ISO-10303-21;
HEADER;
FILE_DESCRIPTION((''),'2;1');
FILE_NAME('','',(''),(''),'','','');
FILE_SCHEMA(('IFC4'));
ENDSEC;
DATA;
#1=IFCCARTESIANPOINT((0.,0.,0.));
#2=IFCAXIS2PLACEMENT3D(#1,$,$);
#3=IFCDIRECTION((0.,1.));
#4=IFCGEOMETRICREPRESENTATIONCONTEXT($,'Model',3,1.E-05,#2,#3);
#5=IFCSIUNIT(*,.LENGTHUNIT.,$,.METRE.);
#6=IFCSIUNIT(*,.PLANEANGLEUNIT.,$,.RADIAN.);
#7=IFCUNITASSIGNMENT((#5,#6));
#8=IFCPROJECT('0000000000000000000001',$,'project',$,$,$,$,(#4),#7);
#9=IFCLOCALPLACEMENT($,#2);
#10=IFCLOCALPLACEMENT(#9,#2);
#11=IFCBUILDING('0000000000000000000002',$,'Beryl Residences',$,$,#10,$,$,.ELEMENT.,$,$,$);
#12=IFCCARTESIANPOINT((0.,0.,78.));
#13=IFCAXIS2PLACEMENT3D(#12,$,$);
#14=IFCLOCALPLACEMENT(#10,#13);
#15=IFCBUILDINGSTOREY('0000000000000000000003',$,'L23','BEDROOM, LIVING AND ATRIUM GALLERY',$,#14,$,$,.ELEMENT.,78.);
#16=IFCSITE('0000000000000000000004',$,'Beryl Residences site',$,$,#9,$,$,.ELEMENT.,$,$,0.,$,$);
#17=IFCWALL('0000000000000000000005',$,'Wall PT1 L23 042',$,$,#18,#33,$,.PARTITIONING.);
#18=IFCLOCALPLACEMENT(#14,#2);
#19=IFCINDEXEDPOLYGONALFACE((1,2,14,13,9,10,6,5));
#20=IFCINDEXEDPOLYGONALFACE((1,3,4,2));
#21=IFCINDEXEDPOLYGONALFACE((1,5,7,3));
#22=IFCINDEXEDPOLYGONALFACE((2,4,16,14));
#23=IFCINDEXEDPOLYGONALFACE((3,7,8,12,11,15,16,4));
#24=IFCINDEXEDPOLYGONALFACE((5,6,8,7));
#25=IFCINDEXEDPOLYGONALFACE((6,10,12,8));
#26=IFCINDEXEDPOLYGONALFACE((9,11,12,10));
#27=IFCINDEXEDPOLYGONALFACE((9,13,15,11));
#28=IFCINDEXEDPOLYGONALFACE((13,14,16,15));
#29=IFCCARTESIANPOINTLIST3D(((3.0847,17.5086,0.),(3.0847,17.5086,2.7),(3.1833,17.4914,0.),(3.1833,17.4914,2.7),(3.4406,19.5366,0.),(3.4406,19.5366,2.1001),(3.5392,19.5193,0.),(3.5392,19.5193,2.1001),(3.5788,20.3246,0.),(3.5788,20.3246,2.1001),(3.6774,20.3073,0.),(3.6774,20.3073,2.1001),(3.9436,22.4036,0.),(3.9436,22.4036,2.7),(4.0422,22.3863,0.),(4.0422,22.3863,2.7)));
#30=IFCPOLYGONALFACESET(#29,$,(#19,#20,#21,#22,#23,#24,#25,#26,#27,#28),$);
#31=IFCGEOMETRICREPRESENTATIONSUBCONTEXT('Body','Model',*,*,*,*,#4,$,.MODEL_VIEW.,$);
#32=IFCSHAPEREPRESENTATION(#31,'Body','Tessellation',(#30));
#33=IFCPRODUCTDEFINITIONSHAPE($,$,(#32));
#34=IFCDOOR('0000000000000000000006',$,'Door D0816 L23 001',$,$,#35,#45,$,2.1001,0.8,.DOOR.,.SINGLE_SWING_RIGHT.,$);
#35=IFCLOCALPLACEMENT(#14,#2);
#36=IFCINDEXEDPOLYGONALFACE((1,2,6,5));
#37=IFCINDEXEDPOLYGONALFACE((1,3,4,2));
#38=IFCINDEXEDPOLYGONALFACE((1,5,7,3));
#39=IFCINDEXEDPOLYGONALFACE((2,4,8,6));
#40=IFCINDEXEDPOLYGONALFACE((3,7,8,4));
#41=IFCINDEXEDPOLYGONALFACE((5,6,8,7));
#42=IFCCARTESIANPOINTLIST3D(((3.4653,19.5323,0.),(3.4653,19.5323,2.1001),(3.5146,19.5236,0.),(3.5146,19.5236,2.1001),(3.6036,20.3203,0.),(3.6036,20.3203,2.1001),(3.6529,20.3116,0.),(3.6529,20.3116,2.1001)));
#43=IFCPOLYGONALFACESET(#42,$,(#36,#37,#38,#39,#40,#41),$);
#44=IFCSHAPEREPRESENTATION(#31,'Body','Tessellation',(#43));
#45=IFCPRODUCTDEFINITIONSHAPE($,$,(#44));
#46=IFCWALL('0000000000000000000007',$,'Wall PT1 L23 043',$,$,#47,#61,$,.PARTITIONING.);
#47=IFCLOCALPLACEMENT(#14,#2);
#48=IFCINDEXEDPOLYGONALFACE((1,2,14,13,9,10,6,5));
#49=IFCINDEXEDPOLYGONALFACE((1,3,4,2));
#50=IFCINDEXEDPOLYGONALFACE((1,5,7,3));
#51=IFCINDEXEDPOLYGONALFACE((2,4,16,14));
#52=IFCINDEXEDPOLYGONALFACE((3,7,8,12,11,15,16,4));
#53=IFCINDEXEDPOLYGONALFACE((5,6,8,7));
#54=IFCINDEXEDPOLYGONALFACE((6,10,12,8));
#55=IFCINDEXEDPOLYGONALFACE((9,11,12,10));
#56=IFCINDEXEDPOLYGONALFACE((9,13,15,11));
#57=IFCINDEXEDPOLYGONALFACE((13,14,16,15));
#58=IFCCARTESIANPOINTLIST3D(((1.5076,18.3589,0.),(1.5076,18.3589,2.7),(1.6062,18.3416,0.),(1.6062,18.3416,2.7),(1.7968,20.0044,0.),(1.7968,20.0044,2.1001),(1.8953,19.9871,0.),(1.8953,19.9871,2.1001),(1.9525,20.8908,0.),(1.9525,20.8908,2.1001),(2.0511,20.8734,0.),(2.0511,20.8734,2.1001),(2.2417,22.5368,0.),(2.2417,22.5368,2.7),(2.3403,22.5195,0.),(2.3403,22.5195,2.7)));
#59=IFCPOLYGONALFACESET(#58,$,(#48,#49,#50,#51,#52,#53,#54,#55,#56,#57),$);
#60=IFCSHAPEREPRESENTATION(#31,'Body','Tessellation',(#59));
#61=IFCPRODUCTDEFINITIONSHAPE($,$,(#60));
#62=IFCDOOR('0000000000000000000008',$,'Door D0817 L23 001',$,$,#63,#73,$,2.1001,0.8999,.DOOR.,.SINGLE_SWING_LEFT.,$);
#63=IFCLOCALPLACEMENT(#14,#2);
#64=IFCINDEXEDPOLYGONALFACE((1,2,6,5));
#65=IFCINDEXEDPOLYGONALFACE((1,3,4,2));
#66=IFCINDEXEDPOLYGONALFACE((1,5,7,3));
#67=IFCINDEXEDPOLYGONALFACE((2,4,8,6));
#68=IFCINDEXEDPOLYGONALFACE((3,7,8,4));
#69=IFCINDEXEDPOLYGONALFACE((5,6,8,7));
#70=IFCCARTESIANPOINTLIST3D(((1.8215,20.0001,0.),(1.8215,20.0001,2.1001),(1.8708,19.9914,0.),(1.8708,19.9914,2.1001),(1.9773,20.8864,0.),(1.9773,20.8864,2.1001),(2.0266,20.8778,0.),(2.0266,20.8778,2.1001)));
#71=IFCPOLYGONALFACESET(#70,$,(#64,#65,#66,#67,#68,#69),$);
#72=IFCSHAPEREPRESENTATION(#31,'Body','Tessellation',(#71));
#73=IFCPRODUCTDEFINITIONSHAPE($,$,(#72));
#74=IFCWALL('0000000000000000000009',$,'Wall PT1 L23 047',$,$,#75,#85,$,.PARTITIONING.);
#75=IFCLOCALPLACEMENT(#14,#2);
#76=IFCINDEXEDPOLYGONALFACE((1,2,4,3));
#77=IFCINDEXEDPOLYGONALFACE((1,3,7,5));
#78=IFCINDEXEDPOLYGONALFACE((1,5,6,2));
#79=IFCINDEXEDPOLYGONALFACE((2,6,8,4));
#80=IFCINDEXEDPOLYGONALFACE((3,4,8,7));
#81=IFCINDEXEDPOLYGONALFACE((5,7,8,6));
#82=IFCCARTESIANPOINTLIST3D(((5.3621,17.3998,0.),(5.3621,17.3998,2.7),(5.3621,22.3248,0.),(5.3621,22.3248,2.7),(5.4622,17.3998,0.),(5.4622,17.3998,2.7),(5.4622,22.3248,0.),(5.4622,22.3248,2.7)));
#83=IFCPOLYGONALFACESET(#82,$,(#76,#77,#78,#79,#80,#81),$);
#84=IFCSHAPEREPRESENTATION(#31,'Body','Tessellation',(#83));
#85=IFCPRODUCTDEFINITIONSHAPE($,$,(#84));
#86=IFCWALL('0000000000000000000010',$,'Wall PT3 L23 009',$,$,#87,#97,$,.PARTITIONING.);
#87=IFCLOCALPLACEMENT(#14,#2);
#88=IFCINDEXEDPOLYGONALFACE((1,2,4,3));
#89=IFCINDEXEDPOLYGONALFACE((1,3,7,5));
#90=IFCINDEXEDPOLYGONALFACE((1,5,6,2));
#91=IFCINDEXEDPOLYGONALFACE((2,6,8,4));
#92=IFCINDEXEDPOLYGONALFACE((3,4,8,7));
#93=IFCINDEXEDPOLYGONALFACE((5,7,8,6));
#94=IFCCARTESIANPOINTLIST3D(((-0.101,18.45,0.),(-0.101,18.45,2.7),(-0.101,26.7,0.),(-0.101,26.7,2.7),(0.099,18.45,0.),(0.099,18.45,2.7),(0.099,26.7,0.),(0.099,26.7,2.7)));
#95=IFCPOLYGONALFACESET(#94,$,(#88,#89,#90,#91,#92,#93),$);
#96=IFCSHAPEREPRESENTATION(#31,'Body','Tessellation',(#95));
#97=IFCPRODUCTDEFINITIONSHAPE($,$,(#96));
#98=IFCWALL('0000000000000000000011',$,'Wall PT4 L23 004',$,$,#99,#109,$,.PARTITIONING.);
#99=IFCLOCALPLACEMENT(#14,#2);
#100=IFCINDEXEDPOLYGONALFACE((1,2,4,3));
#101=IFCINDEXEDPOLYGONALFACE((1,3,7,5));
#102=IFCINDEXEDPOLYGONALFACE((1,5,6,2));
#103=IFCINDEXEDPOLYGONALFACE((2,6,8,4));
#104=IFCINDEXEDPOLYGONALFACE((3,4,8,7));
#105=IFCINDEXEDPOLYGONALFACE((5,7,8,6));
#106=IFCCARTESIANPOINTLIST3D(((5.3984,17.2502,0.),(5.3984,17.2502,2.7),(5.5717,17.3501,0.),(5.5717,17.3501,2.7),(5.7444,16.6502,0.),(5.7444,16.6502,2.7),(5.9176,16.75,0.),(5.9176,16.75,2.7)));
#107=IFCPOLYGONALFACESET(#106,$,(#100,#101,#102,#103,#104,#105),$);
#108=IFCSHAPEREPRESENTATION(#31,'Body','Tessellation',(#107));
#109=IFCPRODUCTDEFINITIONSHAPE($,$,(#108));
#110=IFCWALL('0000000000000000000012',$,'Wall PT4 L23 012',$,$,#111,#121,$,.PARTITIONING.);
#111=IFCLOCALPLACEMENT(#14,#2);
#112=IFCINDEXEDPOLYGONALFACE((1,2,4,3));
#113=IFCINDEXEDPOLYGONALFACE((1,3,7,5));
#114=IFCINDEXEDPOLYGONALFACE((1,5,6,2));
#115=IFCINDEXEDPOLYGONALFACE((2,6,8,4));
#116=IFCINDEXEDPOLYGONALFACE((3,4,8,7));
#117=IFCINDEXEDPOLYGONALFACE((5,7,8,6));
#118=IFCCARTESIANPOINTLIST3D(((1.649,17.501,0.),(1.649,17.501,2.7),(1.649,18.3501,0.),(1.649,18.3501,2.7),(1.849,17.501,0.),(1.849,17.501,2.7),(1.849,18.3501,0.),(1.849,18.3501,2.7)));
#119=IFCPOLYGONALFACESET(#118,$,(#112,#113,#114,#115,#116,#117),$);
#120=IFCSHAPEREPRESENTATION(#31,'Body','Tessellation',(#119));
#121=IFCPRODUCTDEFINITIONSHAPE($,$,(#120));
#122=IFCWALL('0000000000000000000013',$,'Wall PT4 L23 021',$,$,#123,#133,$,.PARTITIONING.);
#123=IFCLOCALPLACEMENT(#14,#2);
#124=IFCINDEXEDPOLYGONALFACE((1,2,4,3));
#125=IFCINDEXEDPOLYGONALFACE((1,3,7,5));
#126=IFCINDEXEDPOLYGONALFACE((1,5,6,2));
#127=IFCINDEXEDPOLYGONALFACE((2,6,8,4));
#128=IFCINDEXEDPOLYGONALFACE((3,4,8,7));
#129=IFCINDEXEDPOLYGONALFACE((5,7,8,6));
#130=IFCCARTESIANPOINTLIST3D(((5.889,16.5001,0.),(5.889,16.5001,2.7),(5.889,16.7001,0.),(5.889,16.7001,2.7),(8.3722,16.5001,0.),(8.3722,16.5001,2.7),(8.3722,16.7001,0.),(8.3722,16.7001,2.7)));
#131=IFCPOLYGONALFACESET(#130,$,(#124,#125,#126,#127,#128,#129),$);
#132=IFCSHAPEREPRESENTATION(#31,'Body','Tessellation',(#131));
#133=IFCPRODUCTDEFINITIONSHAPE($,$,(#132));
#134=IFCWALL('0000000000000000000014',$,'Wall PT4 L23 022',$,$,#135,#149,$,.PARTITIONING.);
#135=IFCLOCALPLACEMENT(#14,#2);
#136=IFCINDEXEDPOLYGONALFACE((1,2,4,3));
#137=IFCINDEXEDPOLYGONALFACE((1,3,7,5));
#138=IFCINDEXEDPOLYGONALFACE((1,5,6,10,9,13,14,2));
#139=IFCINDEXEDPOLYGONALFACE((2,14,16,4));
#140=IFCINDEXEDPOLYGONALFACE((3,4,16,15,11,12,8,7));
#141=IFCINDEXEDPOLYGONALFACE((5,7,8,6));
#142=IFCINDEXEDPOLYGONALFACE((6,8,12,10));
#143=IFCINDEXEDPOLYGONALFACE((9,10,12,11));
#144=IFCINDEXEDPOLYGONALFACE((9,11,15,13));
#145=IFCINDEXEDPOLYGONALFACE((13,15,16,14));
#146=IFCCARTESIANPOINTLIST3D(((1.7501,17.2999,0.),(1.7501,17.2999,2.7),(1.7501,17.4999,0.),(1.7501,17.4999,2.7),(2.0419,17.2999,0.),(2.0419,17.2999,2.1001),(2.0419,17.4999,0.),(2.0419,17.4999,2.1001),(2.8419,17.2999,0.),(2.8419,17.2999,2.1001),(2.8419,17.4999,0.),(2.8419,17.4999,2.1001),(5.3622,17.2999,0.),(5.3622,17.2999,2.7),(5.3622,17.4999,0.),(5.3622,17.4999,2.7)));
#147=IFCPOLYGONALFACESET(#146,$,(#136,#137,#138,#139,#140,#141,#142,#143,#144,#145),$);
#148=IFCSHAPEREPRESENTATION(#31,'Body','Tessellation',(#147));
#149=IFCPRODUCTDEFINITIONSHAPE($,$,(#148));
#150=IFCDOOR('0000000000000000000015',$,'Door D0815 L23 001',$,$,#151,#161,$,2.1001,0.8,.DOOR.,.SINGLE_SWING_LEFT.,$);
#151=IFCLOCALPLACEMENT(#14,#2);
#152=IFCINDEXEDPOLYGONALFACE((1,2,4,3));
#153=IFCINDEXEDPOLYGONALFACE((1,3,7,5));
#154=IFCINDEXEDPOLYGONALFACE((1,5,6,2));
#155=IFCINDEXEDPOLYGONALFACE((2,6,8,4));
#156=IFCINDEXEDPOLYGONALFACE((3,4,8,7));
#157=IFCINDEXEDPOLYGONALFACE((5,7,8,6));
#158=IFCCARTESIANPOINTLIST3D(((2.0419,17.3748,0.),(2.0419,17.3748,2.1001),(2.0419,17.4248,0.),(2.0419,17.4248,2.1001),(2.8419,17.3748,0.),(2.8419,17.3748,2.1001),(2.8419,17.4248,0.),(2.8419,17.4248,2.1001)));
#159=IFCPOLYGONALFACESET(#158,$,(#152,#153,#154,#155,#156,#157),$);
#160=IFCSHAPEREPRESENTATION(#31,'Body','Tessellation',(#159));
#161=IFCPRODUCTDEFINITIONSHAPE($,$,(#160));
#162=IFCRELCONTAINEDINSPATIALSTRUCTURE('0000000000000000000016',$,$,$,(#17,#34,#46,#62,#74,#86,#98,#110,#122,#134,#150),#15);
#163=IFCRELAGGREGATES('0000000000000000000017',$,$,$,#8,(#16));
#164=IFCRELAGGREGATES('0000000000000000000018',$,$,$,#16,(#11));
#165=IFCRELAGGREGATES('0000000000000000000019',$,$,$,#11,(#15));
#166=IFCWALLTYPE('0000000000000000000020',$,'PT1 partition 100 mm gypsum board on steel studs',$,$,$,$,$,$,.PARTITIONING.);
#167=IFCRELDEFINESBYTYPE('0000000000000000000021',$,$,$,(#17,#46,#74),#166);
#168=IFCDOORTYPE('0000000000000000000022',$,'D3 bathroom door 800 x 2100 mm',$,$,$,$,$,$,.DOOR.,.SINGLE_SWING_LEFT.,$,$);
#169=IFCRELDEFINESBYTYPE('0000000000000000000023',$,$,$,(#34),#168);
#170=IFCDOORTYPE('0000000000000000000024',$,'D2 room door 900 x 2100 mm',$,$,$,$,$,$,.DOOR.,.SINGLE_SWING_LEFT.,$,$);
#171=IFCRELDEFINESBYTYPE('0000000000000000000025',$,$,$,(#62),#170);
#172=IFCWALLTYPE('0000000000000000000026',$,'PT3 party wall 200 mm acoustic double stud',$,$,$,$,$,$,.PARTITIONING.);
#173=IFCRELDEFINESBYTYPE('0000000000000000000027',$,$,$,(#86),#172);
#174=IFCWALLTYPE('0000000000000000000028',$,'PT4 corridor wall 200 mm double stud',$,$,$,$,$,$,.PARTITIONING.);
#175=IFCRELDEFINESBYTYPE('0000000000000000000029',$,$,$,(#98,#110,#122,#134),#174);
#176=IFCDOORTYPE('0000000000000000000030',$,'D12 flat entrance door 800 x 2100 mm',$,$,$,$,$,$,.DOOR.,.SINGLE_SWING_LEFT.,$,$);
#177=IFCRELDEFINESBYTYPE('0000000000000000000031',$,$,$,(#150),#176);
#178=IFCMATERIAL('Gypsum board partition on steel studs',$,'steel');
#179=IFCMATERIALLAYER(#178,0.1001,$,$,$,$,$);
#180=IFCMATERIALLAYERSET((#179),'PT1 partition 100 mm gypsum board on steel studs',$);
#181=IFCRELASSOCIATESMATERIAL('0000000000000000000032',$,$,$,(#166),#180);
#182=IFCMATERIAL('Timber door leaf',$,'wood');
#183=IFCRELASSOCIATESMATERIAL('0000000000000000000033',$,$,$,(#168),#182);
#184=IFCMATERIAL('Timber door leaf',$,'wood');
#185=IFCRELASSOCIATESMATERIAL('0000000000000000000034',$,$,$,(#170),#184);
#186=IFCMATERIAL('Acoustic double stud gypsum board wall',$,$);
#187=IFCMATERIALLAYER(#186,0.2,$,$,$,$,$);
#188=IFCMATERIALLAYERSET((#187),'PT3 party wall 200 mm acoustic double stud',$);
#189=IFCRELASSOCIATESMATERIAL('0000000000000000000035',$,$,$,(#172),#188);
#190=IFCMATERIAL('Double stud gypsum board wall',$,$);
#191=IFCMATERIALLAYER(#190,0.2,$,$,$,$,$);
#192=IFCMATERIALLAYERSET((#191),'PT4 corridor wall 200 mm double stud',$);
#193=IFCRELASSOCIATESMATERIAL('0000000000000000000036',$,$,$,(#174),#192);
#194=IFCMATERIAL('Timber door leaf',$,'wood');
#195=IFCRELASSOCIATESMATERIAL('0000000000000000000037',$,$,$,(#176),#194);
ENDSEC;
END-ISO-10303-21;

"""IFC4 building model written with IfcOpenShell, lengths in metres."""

from ifc_helpers import new_model, si_unit, direction, frame, frame_2d, origin, place, context, subcontext, project, spatial, rectangle, extrude, material, layer, layer_set, type_object, element, fill, save


model = new_model("IFC4")

# Units and contexts
model_context = context("Model", 3, precision=1e-05, world=origin(), true_north=direction((0.0, 1.0)))
body_context = subcontext(model_context, "Body", "Model", "MODEL_VIEW")
ifc_project = project(units=[si_unit("LENGTHUNIT", "METRE"), si_unit("PLANEANGLEUNIT", "RADIAN")], contexts=[model_context])

# Site, building, storey
site_placement = place(None, origin())
site = spatial("IfcSite", under=ifc_project, at=site_placement, Name="Beryl Residences site", CompositionType="ELEMENT", RefElevation=0.0)
building_placement = place(site_placement, origin())
building = spatial("IfcBuilding", under=site, at=building_placement, Name="Beryl Residences", CompositionType="ELEMENT")
storey_placement = place(building_placement, frame((0.0, 0.0, 78.0)))
storey = spatial("IfcBuildingStorey", under=building, at=storey_placement, Name="L23", Description="BEDROOM, LIVING AND ATRIUM GALLERY", CompositionType="ELEMENT", Elevation=78.0)

# Shared definitions
ifc_material_1 = material(Name="Gypsum board partition on steel studs", Category="steel")
ifc_layer_1 = layer(ifc_material_1, 0.1001)
ifc_layer_set_1 = layer_set([ifc_layer_1], Name="PT1 partition 100 mm gypsum board on steel studs")
wall_type_1 = type_object("IfcWallType", Name="PT1 partition 100 mm gypsum board on steel studs", PredefinedType="PARTITIONING", material=ifc_layer_set_1)

# Shared definitions
ifc_material_2 = material(Name="Timber door leaf", Category="wood")
door_type_1 = type_object("IfcDoorType", Name="D3 bathroom door 800 x 2100 mm", OperationType="SINGLE_SWING_LEFT", PredefinedType="DOOR", material=ifc_material_2)

# Walls, openings, doors
ifc_material_3 = material(Name="Timber door leaf", Category="wood")
door_type_2 = type_object("IfcDoorType", Name="D2 room door 900 x 2100 mm", OperationType="SINGLE_SWING_LEFT", PredefinedType="DOOR", material=ifc_material_3)
wall_1_placement = place(storey_placement, frame((3.134, 17.5, 0.0), z_axis=(0.0, 0.0, 1.0), x_axis=(0.172821, 0.984953, 0.0)))
wall_1 = element("IfcWall", 1, at=wall_1_placement, inside=storey, type_object=wall_type_1, Name="Wall PT1 L23 042", PredefinedType="PARTITIONING", context=body_context, shape_type="SweptSolid", body=[
    extrude(rectangle(XDim=4.9697, YDim=0.1001, at=frame_2d((2.4849, 0.0))), origin(), (0.0, 0.0, 1.0), 2.7),
])
opening_1_placement = place(wall_1_placement, frame((2.0591, 0.0, 0.0)))
opening_1 = element("IfcOpeningElement", 2, at=opening_1_placement, cuts=wall_1, PredefinedType="OPENING", context=body_context, shape_type="SweptSolid", body=[
    extrude(rectangle(XDim=0.8, YDim=2.1001, at=frame_2d((0.3999, 1.05))), frame((0.0, 0.0601, 0.0), z_axis=(0.0, -1.0, 0.0), x_axis=(1.0, 0.0, 0.0)), (0.0, 0.0, 1.0), 0.1201),
])
door_1_placement = place(opening_1_placement, origin())
door_1 = element("IfcDoor", 3, at=door_1_placement, inside=storey, type_object=door_type_1, Name="Door D0816 L23 001", OperationType="SINGLE_SWING_RIGHT", OverallHeight=2.1001, OverallWidth=0.8, PredefinedType="DOOR", context=body_context, shape_type="SweptSolid", body=[
    extrude(rectangle(XDim=0.8, YDim=2.1001, at=frame_2d((0.3999, 1.05))), frame((0.0, 0.0249, 0.0), z_axis=(0.0, -1.0, 0.0), x_axis=(1.0, 0.0, 0.0)), (0.0, 0.0, 1.0), 0.05),
])
fill(opening_1, door_1)
wall_2_placement = place(storey_placement, frame((1.5569, 18.3501, 0.0), z_axis=(0.0, 0.0, 1.0), x_axis=(0.173063, 0.984911, 0.0)))
wall_2 = element("IfcWall", 4, at=wall_2_placement, inside=storey, type_object=wall_type_1, Name="Wall PT1 L23 043", PredefinedType="PARTITIONING", context=body_context, shape_type="SweptSolid", body=[
    extrude(rectangle(XDim=4.2419, YDim=0.1001, at=frame_2d((2.1211, 0.0))), origin(), (0.0, 0.0, 1.0), 2.7),
])
opening_2_placement = place(wall_2_placement, frame((1.6709, 0.0, 0.0)))
opening_2 = element("IfcOpeningElement", 5, at=opening_2_placement, cuts=wall_2, PredefinedType="OPENING", context=body_context, shape_type="SweptSolid", body=[
    extrude(rectangle(XDim=0.8999, YDim=2.1001, at=frame_2d((0.45, 1.05))), frame((0.0, 0.0601, 0.0), z_axis=(0.0, -1.0, 0.0), x_axis=(1.0, 0.0, 0.0)), (0.0, 0.0, 1.0), 0.1201),
])
door_2_placement = place(opening_2_placement, origin())
door_2 = element("IfcDoor", 6, at=door_2_placement, inside=storey, type_object=door_type_2, Name="Door D0817 L23 001", OperationType="SINGLE_SWING_LEFT", OverallHeight=2.1001, OverallWidth=0.8999, PredefinedType="DOOR", context=body_context, shape_type="SweptSolid", body=[
    extrude(rectangle(XDim=0.8999, YDim=2.1001, at=frame_2d((0.45, 1.05))), frame((0.0, 0.0249, 0.0), z_axis=(0.0, -1.0, 0.0), x_axis=(1.0, 0.0, 0.0)), (0.0, 0.0, 1.0), 0.05),
])
fill(opening_2, door_2)

# Walls
wall_3_placement = place(storey_placement, frame((5.4121, 17.3999, 0.0), z_axis=(0.0, 0.0, 1.0), x_axis=(0.0, 1.0, 0.0)))
element("IfcWall", 7, at=wall_3_placement, inside=storey, type_object=wall_type_1, Name="Wall PT1 L23 047", PredefinedType="PARTITIONING", context=body_context, shape_type="SweptSolid", body=[
    extrude(rectangle(XDim=4.925, YDim=0.1001, at=frame_2d((2.4624, 0.0))), origin(), (0.0, 0.0, 1.0), 2.7),
])
ifc_material_4 = material(Name="Acoustic double stud gypsum board wall")
ifc_layer_2 = layer(ifc_material_4, 0.2)
ifc_layer_set_2 = layer_set([ifc_layer_2], Name="PT3 party wall 200 mm acoustic double stud")
wall_type_2 = type_object("IfcWallType", Name="PT3 party wall 200 mm acoustic double stud", PredefinedType="PARTITIONING", material=ifc_layer_set_2)
wall_4_placement = place(storey_placement, frame((-0.001, 18.45, 0.0), z_axis=(0.0, 0.0, 1.0), x_axis=(0.0, 1.0, 0.0)))
element("IfcWall", 8, at=wall_4_placement, inside=storey, type_object=wall_type_2, Name="Wall PT3 L23 009", PredefinedType="PARTITIONING", context=body_context, shape_type="SweptSolid", body=[
    extrude(rectangle(XDim=8.25, YDim=0.2, at=frame_2d((4.125, 0.0))), origin(), (0.0, 0.0, 1.0), 2.7),
])
ifc_material_5 = material(Name="Double stud gypsum board wall")
ifc_layer_3 = layer(ifc_material_5, 0.2)
ifc_layer_set_3 = layer_set([ifc_layer_3], Name="PT4 corridor wall 200 mm double stud")
wall_type_3 = type_object("IfcWallType", Name="PT4 corridor wall 200 mm double stud", PredefinedType="PARTITIONING", material=ifc_layer_set_3)
wall_5_placement = place(storey_placement, frame((5.4851, 17.3, 0.0), z_axis=(0.0, 0.0, 1.0), x_axis=(0.499438, -0.86635, 0.0)))
element("IfcWall", 9, at=wall_5_placement, inside=storey, type_object=wall_type_3, Name="Wall PT4 L23 004", PredefinedType="PARTITIONING", context=body_context, shape_type="SweptSolid", body=[
    extrude(rectangle(XDim=0.6926, YDim=0.2, at=frame_2d((0.3462, 0.0))), origin(), (0.0, 0.0, 1.0), 2.7),
])
wall_6_placement = place(storey_placement, frame((1.749, 18.3501, 0.0), z_axis=(0.0, 0.0, 1.0), x_axis=(0.0, -1.0, 0.0)))
element("IfcWall", 10, at=wall_6_placement, inside=storey, type_object=wall_type_3, Name="Wall PT4 L23 012", PredefinedType="PARTITIONING", context=body_context, shape_type="SweptSolid", body=[
    extrude(rectangle(XDim=0.8491, YDim=0.2, at=frame_2d((0.4246, 0.0))), origin(), (0.0, 0.0, 1.0), 2.7),
])
wall_7_placement = place(storey_placement, frame((5.8889, 16.6001, 0.0), z_axis=(0.0, 0.0, 1.0), x_axis=(1.0, 0.0, 0.0)))
element("IfcWall", 11, at=wall_7_placement, inside=storey, type_object=wall_type_3, Name="Wall PT4 L23 021", PredefinedType="PARTITIONING", context=body_context, shape_type="SweptSolid", body=[
    extrude(rectangle(XDim=2.4832, YDim=0.2, at=frame_2d((1.2417, 0.0))), origin(), (0.0, 0.0, 1.0), 2.7),
])

# Wall, opening, door
wall_8_placement = place(storey_placement, frame((1.75, 17.3999, 0.0), z_axis=(0.0, 0.0, 1.0), x_axis=(1.0, 0.0, 0.0)))
wall_8 = element("IfcWall", 12, at=wall_8_placement, inside=storey, type_object=wall_type_3, Name="Wall PT4 L23 022", PredefinedType="PARTITIONING", context=body_context, shape_type="SweptSolid", body=[
    extrude(rectangle(XDim=3.6121, YDim=0.2, at=frame_2d((1.8062, 0.0))), origin(), (0.0, 0.0, 1.0), 2.7),
])
opening_3_placement = place(wall_8_placement, frame((0.292, 0.0, 0.0)))
opening_3 = element("IfcOpeningElement", 13, at=opening_3_placement, cuts=wall_8, PredefinedType="OPENING", context=body_context, shape_type="SweptSolid", body=[
    extrude(rectangle(XDim=0.8, YDim=2.1001, at=frame_2d((0.3999, 1.05))), frame((0.0, 0.1099, 0.0), z_axis=(0.0, -1.0, 0.0), x_axis=(1.0, 0.0, 0.0)), (0.0, 0.0, 1.0), 0.22),
])
ifc_material_6 = material(Name="Timber door leaf", Category="wood")
door_type_3 = type_object("IfcDoorType", Name="D12 flat entrance door 800 x 2100 mm", OperationType="SINGLE_SWING_LEFT", PredefinedType="DOOR", material=ifc_material_6)
door_3_placement = place(opening_3_placement, origin())
door_3 = element("IfcDoor", 14, at=door_3_placement, inside=storey, type_object=door_type_3, Name="Door D0815 L23 001", OperationType="SINGLE_SWING_LEFT", OverallHeight=2.1001, OverallWidth=0.8, PredefinedType="DOOR", context=body_context, shape_type="SweptSolid", body=[
    extrude(rectangle(XDim=0.8, YDim=2.1001, at=frame_2d((0.3999, 1.05))), frame((0.0, 0.0249, 0.0), z_axis=(0.0, -1.0, 0.0), x_axis=(1.0, 0.0, 0.0)), (0.0, 0.0, 1.0), 0.05),
])
fill(opening_3, door_3)

save(model, "model.ifc")
